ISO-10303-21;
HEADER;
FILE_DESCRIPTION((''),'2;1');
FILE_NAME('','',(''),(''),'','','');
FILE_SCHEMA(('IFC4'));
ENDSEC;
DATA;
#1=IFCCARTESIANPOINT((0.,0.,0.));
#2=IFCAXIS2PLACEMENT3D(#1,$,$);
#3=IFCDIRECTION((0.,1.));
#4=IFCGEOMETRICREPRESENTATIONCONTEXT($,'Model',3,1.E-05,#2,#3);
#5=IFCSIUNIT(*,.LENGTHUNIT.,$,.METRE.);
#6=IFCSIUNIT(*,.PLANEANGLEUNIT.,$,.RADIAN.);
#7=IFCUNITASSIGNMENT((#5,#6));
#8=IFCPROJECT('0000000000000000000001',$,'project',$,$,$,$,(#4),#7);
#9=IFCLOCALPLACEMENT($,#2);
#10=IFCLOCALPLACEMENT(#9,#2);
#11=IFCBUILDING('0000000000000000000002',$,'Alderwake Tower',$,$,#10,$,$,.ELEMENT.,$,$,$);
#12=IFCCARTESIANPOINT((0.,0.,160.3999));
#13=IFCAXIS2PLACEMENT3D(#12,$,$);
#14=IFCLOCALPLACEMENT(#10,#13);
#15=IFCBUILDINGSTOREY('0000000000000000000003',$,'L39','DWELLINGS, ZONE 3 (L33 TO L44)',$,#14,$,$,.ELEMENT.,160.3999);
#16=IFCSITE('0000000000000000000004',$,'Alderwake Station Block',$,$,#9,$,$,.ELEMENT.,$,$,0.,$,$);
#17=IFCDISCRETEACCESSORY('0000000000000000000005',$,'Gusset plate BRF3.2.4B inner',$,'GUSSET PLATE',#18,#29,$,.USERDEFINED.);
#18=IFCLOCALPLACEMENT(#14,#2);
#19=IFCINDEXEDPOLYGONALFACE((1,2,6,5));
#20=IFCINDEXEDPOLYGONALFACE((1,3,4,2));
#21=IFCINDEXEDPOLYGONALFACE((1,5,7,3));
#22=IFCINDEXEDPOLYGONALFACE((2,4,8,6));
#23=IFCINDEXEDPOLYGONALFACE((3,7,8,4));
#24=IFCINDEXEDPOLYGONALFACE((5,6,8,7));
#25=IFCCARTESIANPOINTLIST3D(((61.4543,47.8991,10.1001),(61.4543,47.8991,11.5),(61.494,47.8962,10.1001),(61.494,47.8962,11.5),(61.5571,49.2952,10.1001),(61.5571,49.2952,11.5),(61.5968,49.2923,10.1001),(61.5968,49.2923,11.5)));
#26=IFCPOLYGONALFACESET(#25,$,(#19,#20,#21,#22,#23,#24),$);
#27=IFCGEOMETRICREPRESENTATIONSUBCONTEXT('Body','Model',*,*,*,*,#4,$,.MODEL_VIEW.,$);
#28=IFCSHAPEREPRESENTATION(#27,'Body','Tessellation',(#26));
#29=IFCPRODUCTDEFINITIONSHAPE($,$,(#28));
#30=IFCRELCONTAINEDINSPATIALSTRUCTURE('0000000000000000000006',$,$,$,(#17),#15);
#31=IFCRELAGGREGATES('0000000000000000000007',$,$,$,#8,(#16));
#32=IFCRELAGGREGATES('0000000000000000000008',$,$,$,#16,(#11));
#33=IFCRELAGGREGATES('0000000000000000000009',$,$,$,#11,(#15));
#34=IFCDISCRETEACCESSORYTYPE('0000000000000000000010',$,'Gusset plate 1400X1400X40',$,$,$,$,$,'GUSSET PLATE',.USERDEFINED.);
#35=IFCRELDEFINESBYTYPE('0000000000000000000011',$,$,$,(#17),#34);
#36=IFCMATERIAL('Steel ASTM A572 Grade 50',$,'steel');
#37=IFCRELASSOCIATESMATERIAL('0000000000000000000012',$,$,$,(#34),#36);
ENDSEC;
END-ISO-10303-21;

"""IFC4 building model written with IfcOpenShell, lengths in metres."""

from ifc_helpers import new_model, si_unit, direction, frame, origin, origin_2d, place, context, subcontext, project, spatial, rectangle, extrude, material, material_profile, profile_set, type_object, element, save


model = new_model("IFC4")

# Units and contexts
model_context = context("Model", 3, precision=1e-05, world=origin(), true_north=direction((0.0, 1.0)))
body_context = subcontext(model_context, "Body", "Model", "MODEL_VIEW")
ifc_project = project(units=[si_unit("LENGTHUNIT", "METRE"), si_unit("PLANEANGLEUNIT", "RADIAN")], contexts=[model_context])

# Site, building, storey
site_placement = place(None, origin())
site = spatial("IfcSite", under=ifc_project, at=site_placement, Name="Alderwake Station Block", CompositionType="ELEMENT", RefElevation=0.0)
building_placement = place(site_placement, origin())
building = spatial("IfcBuilding", under=site, at=building_placement, Name="Alderwake Tower", CompositionType="ELEMENT")
storey_placement = place(building_placement, frame((0.0, 0.0, 160.3999)))
storey = spatial("IfcBuildingStorey", under=building, at=storey_placement, Name="L39", Description="DWELLINGS, ZONE 3 (L33 TO L44)", CompositionType="ELEMENT", Elevation=160.3999)

# Discrete accessory
ifc_material_1 = material(Name="Steel ASTM A572 Grade 50", Category="steel")
ifc_material_profile_1 = material_profile(ifc_material_1, rectangle(XDim=1.3999, YDim=1.3999, at=origin_2d()), Name="gusset 1400X1400")
ifc_profile_set_1 = profile_set([ifc_material_profile_1], Name="Steel ASTM A572 Grade 50")
discrete_accessory_type = type_object("IfcDiscreteAccessoryType", Name="Gusset plate 1400X1400X40", ElementType="GUSSET PLATE", PredefinedType="USERDEFINED", material=ifc_profile_set_1)
discrete_accessory_1_placement = place(storey_placement, frame((61.5454, 48.5942, 10.8), z_axis=(-0.997301, 0.073421, 0.0), x_axis=(-0.073421, -0.997301, 0.0)))
element("IfcDiscreteAccessory", 1, at=discrete_accessory_1_placement, inside=storey, type_object=discrete_accessory_type, Name="Gusset plate BRF3.2.4B inner", ObjectType="GUSSET PLATE", PredefinedType="USERDEFINED", context=body_context, shape_type="SweptSolid", body=[
    extrude(rectangle(XDim=1.3999, YDim=1.3999, at=origin_2d()), origin(), (0.0, 0.0, 1.0), 0.0398),
])

save(model, "model.ifc")
